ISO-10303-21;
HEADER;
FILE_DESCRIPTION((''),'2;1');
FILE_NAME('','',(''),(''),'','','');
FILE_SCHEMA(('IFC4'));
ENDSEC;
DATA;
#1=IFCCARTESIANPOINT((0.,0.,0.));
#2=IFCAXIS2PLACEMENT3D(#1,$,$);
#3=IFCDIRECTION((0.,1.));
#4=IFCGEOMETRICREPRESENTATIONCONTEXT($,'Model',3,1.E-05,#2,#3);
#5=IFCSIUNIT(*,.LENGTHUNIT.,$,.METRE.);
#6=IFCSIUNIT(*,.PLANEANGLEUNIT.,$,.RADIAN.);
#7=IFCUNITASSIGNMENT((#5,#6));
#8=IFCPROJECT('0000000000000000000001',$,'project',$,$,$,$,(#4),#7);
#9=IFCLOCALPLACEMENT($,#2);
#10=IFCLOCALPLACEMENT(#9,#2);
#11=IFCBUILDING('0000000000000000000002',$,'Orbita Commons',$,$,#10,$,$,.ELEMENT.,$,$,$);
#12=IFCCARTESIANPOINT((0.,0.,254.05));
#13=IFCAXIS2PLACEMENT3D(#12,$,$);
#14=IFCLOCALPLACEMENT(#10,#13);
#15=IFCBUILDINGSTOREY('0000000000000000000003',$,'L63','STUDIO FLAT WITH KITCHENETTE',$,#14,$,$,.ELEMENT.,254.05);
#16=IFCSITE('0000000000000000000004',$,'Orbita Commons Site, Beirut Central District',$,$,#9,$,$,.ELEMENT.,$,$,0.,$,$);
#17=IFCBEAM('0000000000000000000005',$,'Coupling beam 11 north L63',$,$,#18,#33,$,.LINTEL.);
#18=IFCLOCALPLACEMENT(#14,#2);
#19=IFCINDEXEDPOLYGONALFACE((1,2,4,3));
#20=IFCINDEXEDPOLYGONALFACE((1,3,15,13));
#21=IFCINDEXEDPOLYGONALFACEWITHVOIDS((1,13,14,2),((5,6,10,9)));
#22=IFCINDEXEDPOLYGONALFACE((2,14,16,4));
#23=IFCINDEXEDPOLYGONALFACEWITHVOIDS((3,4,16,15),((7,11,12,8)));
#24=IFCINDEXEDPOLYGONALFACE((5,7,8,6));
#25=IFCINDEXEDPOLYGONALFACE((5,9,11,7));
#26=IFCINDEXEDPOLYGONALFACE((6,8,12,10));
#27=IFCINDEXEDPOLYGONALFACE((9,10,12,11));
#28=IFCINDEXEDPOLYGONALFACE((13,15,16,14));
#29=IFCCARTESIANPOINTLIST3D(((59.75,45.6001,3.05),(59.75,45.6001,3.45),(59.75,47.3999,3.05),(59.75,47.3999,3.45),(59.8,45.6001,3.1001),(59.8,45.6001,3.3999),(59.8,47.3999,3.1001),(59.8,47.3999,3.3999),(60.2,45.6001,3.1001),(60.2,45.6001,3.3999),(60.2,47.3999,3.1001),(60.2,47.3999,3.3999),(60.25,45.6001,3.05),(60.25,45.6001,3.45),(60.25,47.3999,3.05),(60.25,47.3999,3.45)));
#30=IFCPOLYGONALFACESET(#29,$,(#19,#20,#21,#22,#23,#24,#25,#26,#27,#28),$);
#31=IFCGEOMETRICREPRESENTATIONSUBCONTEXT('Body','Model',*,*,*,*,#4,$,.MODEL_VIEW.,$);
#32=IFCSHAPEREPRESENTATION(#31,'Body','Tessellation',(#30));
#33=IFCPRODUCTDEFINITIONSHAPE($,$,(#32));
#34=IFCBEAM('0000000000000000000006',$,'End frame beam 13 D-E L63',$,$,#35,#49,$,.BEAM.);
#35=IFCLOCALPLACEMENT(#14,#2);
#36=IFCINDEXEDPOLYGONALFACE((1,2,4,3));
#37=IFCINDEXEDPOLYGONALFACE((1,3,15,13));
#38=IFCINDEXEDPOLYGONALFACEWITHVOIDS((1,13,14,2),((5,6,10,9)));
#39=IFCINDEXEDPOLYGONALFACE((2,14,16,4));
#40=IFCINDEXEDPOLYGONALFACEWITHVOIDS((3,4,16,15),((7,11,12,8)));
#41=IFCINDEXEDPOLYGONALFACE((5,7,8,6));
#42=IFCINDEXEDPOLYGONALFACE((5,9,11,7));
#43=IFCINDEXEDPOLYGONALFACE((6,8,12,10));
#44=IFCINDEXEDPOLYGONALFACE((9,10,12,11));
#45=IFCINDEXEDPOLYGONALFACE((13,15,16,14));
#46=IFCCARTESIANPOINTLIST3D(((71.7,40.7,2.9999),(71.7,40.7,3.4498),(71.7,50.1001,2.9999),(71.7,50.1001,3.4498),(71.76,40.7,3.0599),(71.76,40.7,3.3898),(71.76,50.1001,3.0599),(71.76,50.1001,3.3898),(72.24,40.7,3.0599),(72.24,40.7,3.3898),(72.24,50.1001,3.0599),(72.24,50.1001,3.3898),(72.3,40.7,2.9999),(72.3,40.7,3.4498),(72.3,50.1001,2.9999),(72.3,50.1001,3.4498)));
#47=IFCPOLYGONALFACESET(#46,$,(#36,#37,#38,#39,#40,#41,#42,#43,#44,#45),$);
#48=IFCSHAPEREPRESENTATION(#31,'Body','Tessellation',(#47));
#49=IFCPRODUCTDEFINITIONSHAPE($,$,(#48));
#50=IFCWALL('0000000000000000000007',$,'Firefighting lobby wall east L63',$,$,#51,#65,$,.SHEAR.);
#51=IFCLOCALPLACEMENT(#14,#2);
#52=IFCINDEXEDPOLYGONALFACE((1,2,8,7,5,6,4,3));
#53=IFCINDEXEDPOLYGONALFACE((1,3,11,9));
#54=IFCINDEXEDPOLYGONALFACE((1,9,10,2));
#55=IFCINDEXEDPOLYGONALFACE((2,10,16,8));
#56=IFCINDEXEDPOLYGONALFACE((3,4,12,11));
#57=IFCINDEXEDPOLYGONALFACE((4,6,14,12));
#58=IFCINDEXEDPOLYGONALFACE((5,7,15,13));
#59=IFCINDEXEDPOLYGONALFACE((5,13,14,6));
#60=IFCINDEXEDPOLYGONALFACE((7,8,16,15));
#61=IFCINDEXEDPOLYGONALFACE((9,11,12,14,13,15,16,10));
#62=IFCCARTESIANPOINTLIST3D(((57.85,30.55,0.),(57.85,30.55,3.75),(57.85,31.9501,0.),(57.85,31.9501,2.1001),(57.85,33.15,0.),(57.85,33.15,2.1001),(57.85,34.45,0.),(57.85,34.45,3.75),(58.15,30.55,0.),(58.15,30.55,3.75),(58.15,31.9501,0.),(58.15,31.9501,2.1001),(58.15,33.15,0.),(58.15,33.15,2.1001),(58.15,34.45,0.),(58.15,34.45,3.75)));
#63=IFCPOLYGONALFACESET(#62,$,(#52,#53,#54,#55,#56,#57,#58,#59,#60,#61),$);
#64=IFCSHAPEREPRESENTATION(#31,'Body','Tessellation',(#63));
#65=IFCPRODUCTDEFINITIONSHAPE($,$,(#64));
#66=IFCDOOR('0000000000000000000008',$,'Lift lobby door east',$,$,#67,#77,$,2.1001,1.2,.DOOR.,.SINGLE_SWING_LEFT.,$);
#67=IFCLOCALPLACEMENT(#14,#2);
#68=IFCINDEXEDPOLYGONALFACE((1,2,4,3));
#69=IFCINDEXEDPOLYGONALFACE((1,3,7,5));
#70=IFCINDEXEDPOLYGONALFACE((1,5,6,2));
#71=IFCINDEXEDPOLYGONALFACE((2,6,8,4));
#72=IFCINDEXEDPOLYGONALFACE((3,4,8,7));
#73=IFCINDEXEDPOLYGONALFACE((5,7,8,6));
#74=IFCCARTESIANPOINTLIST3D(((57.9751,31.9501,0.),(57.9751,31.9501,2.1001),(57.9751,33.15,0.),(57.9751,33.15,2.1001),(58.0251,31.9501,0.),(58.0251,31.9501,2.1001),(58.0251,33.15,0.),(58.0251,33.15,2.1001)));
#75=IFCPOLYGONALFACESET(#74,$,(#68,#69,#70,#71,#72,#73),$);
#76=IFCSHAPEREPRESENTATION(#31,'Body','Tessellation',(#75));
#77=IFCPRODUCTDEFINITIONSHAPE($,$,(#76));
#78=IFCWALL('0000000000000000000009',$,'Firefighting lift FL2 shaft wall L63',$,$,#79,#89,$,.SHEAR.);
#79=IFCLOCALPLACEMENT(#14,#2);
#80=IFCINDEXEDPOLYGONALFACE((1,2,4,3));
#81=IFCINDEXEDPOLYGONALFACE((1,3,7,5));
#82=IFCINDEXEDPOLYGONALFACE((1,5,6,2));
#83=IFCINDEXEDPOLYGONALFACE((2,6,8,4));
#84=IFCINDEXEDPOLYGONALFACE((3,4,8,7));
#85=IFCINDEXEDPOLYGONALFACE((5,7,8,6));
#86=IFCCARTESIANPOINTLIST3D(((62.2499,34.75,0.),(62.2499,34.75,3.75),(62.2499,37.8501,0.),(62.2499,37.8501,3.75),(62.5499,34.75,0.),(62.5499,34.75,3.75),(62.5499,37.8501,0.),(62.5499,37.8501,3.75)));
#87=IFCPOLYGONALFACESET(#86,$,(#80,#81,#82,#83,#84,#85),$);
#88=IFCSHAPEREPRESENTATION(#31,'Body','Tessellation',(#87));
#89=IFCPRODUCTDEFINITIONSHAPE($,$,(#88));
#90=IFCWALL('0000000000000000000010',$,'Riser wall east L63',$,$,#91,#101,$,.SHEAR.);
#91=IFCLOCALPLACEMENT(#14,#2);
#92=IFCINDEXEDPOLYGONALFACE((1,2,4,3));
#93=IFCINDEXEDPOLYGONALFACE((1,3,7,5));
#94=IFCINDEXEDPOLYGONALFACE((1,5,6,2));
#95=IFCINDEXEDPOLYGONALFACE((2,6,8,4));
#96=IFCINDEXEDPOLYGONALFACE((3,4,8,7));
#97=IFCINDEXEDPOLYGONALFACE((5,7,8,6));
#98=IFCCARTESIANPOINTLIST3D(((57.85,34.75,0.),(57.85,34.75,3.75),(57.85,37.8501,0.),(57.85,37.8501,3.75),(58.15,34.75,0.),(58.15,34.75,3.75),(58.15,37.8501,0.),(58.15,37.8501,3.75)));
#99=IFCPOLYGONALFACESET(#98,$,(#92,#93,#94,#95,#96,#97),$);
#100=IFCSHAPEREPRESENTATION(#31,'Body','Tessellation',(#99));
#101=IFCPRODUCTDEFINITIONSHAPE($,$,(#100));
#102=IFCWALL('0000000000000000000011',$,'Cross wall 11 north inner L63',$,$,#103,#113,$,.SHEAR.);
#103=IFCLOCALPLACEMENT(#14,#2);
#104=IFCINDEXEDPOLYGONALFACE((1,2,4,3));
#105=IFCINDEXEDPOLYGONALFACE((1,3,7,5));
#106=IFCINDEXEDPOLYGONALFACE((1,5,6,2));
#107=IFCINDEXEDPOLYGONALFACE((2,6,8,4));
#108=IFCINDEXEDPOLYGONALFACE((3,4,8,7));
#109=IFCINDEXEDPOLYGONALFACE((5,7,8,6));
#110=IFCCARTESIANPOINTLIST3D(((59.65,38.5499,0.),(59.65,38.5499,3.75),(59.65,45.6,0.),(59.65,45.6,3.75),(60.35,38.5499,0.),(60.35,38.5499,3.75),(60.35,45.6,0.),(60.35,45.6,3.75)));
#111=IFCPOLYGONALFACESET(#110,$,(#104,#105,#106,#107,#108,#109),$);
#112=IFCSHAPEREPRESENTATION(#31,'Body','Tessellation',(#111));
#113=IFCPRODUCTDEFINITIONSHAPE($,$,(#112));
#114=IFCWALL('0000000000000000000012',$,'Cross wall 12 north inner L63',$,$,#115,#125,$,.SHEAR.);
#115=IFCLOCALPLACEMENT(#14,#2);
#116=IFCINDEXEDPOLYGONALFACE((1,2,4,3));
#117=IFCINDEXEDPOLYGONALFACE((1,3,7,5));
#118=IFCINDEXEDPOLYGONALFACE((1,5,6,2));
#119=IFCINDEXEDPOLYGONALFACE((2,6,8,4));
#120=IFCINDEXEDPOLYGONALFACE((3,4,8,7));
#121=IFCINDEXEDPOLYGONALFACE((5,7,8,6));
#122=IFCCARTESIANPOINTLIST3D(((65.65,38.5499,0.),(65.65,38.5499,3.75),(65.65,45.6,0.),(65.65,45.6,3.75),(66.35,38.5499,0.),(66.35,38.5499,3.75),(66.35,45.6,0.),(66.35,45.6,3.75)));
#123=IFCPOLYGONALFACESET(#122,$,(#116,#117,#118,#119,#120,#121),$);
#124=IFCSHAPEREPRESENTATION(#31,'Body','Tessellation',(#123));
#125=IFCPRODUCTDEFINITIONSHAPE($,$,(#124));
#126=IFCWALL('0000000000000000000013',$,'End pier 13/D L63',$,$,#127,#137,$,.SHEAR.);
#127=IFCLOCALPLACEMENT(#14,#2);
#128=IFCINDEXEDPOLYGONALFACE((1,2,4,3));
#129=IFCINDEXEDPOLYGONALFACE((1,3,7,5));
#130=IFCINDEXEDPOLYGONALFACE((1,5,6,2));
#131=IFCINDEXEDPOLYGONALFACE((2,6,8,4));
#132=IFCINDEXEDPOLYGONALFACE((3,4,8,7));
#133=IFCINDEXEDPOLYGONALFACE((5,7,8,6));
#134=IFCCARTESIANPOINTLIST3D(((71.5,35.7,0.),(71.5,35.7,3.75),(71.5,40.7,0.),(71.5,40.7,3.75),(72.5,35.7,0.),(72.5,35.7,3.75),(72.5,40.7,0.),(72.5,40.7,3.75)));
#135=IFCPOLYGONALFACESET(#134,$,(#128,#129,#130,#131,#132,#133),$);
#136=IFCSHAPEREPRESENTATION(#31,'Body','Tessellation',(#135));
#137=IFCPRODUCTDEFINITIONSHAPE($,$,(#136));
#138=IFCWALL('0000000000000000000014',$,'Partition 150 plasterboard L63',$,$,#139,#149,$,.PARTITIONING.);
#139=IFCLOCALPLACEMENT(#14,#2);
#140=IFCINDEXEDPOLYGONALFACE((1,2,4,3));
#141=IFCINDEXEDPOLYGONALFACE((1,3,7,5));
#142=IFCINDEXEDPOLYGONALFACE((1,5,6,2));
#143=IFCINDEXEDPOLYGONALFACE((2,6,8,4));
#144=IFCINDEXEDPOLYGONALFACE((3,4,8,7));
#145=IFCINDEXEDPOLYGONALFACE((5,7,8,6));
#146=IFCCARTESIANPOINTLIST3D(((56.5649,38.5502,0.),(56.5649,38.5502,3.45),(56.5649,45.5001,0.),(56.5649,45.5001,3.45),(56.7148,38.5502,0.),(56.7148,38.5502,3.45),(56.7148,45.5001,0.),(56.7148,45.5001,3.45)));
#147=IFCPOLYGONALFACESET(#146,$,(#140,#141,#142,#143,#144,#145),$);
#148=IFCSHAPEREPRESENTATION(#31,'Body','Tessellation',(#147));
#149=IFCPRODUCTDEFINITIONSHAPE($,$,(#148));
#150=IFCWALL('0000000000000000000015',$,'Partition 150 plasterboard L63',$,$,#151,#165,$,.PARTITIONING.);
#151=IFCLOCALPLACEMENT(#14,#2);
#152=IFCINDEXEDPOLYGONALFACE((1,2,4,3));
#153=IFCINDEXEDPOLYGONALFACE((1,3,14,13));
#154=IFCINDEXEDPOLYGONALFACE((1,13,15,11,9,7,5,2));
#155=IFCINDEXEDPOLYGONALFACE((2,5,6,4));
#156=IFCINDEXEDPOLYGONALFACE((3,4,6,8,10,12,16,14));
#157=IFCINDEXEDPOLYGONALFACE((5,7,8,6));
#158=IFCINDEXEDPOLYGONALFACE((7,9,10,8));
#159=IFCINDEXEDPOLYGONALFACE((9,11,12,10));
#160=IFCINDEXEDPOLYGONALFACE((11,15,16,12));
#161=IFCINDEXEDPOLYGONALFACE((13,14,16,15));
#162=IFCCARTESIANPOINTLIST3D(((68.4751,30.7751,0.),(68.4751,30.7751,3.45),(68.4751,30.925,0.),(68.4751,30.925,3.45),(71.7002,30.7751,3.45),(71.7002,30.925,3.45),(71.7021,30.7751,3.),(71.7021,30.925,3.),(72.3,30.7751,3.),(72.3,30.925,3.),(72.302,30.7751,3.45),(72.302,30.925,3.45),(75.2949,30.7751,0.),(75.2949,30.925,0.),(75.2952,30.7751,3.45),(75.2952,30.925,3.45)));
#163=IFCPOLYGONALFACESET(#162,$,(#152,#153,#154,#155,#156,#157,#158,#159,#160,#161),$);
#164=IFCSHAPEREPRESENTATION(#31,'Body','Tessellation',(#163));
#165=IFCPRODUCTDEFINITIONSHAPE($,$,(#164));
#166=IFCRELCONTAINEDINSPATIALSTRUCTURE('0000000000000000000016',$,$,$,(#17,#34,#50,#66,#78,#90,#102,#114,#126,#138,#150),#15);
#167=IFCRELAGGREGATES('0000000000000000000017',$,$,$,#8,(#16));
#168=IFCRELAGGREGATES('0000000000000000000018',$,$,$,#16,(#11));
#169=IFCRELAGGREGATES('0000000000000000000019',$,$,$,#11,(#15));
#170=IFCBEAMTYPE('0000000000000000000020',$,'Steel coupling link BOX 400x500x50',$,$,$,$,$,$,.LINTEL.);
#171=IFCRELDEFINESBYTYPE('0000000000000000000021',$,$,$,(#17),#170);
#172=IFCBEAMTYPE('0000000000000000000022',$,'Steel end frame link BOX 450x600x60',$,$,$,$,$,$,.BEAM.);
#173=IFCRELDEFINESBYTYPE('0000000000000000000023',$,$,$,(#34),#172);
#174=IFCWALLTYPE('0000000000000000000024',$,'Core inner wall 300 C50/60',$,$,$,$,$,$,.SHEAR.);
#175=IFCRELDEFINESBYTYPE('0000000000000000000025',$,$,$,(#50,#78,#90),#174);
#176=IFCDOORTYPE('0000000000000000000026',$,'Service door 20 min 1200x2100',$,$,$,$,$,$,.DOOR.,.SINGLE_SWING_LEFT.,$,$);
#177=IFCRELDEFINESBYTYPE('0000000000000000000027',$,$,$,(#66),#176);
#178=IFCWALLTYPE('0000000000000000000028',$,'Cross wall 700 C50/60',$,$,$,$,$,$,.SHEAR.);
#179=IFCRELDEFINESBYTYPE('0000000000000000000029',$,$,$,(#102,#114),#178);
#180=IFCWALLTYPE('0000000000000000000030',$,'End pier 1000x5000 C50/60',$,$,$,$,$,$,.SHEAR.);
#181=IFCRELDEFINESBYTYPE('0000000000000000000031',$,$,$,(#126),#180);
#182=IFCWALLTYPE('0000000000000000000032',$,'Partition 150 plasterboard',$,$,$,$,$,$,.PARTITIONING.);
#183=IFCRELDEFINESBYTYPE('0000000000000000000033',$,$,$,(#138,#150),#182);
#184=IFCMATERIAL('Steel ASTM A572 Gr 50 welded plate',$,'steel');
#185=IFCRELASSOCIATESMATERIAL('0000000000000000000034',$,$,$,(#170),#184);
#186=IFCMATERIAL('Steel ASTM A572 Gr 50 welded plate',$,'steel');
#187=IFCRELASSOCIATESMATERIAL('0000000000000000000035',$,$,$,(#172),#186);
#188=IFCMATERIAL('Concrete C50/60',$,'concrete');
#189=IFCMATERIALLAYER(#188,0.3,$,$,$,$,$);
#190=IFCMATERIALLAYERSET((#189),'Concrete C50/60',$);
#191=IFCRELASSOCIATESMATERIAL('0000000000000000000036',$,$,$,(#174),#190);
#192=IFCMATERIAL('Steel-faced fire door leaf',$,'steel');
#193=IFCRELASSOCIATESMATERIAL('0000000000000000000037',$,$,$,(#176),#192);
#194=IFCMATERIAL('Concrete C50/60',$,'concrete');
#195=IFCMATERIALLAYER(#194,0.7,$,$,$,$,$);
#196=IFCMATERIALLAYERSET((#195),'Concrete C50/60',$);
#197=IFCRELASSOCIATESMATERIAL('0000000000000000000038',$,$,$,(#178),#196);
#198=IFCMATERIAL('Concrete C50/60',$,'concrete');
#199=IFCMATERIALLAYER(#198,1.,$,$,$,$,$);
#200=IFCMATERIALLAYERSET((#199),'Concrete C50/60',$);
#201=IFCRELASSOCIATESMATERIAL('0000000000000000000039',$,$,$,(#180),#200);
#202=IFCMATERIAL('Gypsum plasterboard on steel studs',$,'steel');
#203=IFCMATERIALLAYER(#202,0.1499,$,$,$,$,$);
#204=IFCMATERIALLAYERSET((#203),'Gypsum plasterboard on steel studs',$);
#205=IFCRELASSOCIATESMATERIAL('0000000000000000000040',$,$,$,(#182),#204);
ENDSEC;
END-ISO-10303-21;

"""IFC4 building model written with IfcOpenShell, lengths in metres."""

from ifc_helpers import new_model, si_unit, direction, frame, frame_2d, origin, origin_2d, place, context, subcontext, project, spatial, polyline, rectangle, hollow_rectangle, outline, extrude, material, layer, layer_set, material_profile, profile_set, type_object, element, fill, save


model = new_model("IFC4")

# Units and contexts
model_context = context("Model", 3, precision=1e-05, world=origin(), true_north=direction((0.0, 1.0)))
body_context = subcontext(model_context, "Body", "Model", "MODEL_VIEW")
ifc_project = project(units=[si_unit("LENGTHUNIT", "METRE"), si_unit("PLANEANGLEUNIT", "RADIAN")], contexts=[model_context])

# Site, building, storey
site_placement = place(None, origin())
site = spatial("IfcSite", under=ifc_project, at=site_placement, Name="Orbita Commons Site, Beirut Central District", CompositionType="ELEMENT", RefElevation=0.0)
building_placement = place(site_placement, origin())
building = spatial("IfcBuilding", under=site, at=building_placement, Name="Orbita Commons", CompositionType="ELEMENT")
storey_placement = place(building_placement, frame((0.0, 0.0, 254.05)))
storey = spatial("IfcBuildingStorey", under=building, at=storey_placement, Name="L63", Description="STUDIO FLAT WITH KITCHENETTE", CompositionType="ELEMENT", Elevation=254.05)

# Beams
ifc_material_1 = material(Name="Steel ASTM A572 Gr 50 welded plate", Category="steel")
ifc_material_profile_1 = material_profile(ifc_material_1, hollow_rectangle(XDim=0.5, YDim=0.3999, WallThickness=0.05, at=origin_2d()), Name="BOX 400x500x50")
ifc_profile_set_1 = profile_set([ifc_material_profile_1], Name="Steel ASTM A572 Gr 50 welded plate")
beam_type_1 = type_object("IfcBeamType", Name="Steel coupling link BOX 400x500x50", PredefinedType="LINTEL", material=ifc_profile_set_1)
beam_1_placement = place(storey_placement, frame((60.0, 45.6001, 3.25), z_axis=(0.0, 1.0, 0.0), x_axis=(-1.0, 0.0, 0.0)))
element("IfcBeam", 1, at=beam_1_placement, inside=storey, type_object=beam_type_1, Name="Coupling beam 11 north L63", PredefinedType="LINTEL", context=body_context, shape_type="SweptSolid", body=[
    extrude(hollow_rectangle(XDim=0.5, YDim=0.3999, WallThickness=0.05, at=origin_2d()), origin(), (0.0, 0.0, 1.0), 1.7998),
])
ifc_material_2 = material(Name="Steel ASTM A572 Gr 50 welded plate", Category="steel")
ifc_material_profile_2 = material_profile(ifc_material_2, hollow_rectangle(XDim=0.6001, YDim=0.45, WallThickness=0.0601, at=origin_2d()), Name="BOX 450x600x60")
ifc_profile_set_2 = profile_set([ifc_material_profile_2], Name="Steel ASTM A572 Gr 50 welded plate")
beam_type_2 = type_object("IfcBeamType", Name="Steel end frame link BOX 450x600x60", PredefinedType="BEAM", material=ifc_profile_set_2)
beam_2_placement = place(storey_placement, frame((72.0, 40.7, 3.2249), z_axis=(0.0, 1.0, 0.0), x_axis=(-1.0, 0.0, 0.0)))
element("IfcBeam", 2, at=beam_2_placement, inside=storey, type_object=beam_type_2, Name="End frame beam 13 D-E L63", PredefinedType="BEAM", context=body_context, shape_type="SweptSolid", body=[
    extrude(hollow_rectangle(XDim=0.6001, YDim=0.45, WallThickness=0.0601, at=origin_2d()), origin(), (0.0, 0.0, 1.0), 9.4001),
])

# Wall, opening, door
ifc_material_3 = material(Name="Concrete C50/60", Category="concrete")
ifc_layer_1 = layer(ifc_material_3, 0.3)
ifc_layer_set_1 = layer_set([ifc_layer_1], Name="Concrete C50/60")
wall_type_1 = type_object("IfcWallType", Name="Core inner wall 300 C50/60", PredefinedType="SHEAR", material=ifc_layer_set_1)
wall_1_placement = place(storey_placement, frame((58.0, 30.55, 0.0), z_axis=(0.0, 0.0, 1.0), x_axis=(0.0, 1.0, 0.0)))
wall_1 = element("IfcWall", 3, at=wall_1_placement, inside=storey, type_object=wall_type_1, Name="Firefighting lobby wall east L63", PredefinedType="SHEAR", context=body_context, shape_type="SweptSolid", body=[
    extrude(rectangle(XDim=3.8999, YDim=0.3, at=frame_2d((1.95, 0.0))), origin(), (0.0, 0.0, 1.0), 3.75),
])
opening_1_placement = place(wall_1_placement, frame((1.3999, 0.0, 0.0)))
opening_1 = element("IfcOpeningElement", 4, at=opening_1_placement, cuts=wall_1, PredefinedType="OPENING", context=body_context, shape_type="SweptSolid", body=[
    extrude(rectangle(XDim=1.2, YDim=2.1001, at=frame_2d((0.6001, 1.05))), frame((0.0, 0.1599, 0.0), z_axis=(0.0, -1.0, 0.0), x_axis=(1.0, 0.0, 0.0)), (0.0, 0.0, 1.0), 0.3201),
])
ifc_material_4 = material(Name="Steel-faced fire door leaf", Category="steel")
door_type = type_object("IfcDoorType", Name="Service door 20 min 1200x2100", OperationType="SINGLE_SWING_LEFT", PredefinedType="DOOR", material=ifc_material_4)
door_placement = place(opening_1_placement, origin())
door = element("IfcDoor", 5, at=door_placement, inside=storey, type_object=door_type, Name="Lift lobby door east", OperationType="SINGLE_SWING_LEFT", OverallHeight=2.1001, OverallWidth=1.2, PredefinedType="DOOR", context=body_context, shape_type="SweptSolid", body=[
    extrude(rectangle(XDim=1.2, YDim=2.1001, at=frame_2d((0.6001, 1.05))), frame((0.0, 0.0249, 0.0), z_axis=(0.0, -1.0, 0.0), x_axis=(1.0, 0.0, 0.0)), (0.0, 0.0, 1.0), 0.05),
])
fill(opening_1, door)

# Walls
for number, where, z_axis, x_axis, name in (
    (6, (62.3999, 34.75, 0.0), (0.0, 0.0, 1.0), (0.0, 1.0, 0.0), "Firefighting lift FL2 shaft wall L63"),
    (7, (58.0, 34.75, 0.0), (0.0, 0.0, 1.0), (0.0, 1.0, 0.0), "Riser wall east L63"),
):
    element("IfcWall", number, at=place(storey_placement, frame(where, z_axis=z_axis, x_axis=x_axis)), inside=storey, type_object=wall_type_1, Name=name, PredefinedType="SHEAR", context=body_context, shape_type="SweptSolid", body=[
        extrude(rectangle(XDim=3.1001, YDim=0.3, at=frame_2d((1.55, 0.0))), origin(), (0.0, 0.0, 1.0), 3.75),
    ])
ifc_material_5 = material(Name="Concrete C50/60", Category="concrete")
ifc_layer_2 = layer(ifc_material_5, 0.7)
ifc_layer_set_2 = layer_set([ifc_layer_2], Name="Concrete C50/60")
wall_type_2 = type_object("IfcWallType", Name="Cross wall 700 C50/60", PredefinedType="SHEAR", material=ifc_layer_set_2)
for number, where, z_axis, x_axis, name in (
    (8, (60.0, 38.55, 0.0), (0.0, 0.0, 1.0), (0.0, 1.0, 0.0), "Cross wall 11 north inner L63"),
    (9, (66.0, 38.55, 0.0), (0.0, 0.0, 1.0), (0.0, 1.0, 0.0), "Cross wall 12 north inner L63"),
):
    element("IfcWall", number, at=place(storey_placement, frame(where, z_axis=z_axis, x_axis=x_axis)), inside=storey, type_object=wall_type_2, Name=name, PredefinedType="SHEAR", context=body_context, shape_type="SweptSolid", body=[
        extrude(rectangle(XDim=7.05, YDim=0.7, at=frame_2d((3.5249, 0.0))), origin(), (0.0, 0.0, 1.0), 3.75),
    ])
ifc_material_6 = material(Name="Concrete C50/60", Category="concrete")
ifc_layer_3 = layer(ifc_material_6, 1.0)
ifc_layer_set_3 = layer_set([ifc_layer_3], Name="Concrete C50/60")
wall_type_3 = type_object("IfcWallType", Name="End pier 1000x5000 C50/60", PredefinedType="SHEAR", material=ifc_layer_set_3)
wall_2_placement = place(storey_placement, frame((72.0, 35.7, 0.0), z_axis=(0.0, 0.0, 1.0), x_axis=(0.0, 1.0, 0.0)))
element("IfcWall", 10, at=wall_2_placement, inside=storey, type_object=wall_type_3, Name="End pier 13/D L63", PredefinedType="SHEAR", context=body_context, shape_type="SweptSolid", body=[
    extrude(rectangle(XDim=5.0, YDim=1.0, at=frame_2d((2.5, 0.0))), origin(), (0.0, 0.0, 1.0), 3.75),
])
ifc_material_7 = material(Name="Gypsum plasterboard on steel studs", Category="steel")
ifc_layer_4 = layer(ifc_material_7, 0.1499)
ifc_layer_set_4 = layer_set([ifc_layer_4], Name="Gypsum plasterboard on steel studs")
wall_type_4 = type_object("IfcWallType", Name="Partition 150 plasterboard", PredefinedType="PARTITIONING", material=ifc_layer_set_4)
wall_3_placement = place(storey_placement, frame((56.6399, 38.55, 0.0), z_axis=(0.0, 0.0, 1.0), x_axis=(0.0, 1.0, 0.0)))
element("IfcWall", 11, at=wall_3_placement, inside=storey, type_object=wall_type_4, Name="Partition 150 plasterboard L63", PredefinedType="PARTITIONING", context=body_context, shape_type="SweptSolid", body=[
    extrude(rectangle(XDim=6.95, YDim=0.1499, at=frame_2d((3.4751, 0.0))), origin(), (0.0, 0.0, 1.0), 3.45),
])
wall_4_placement = place(storey_placement, frame((68.4751, 30.8501, 0.0), z_axis=(0.0, 0.0, 1.0), x_axis=(1.0, 0.0, 0.0)))
element("IfcWall", 12, at=wall_4_placement, inside=storey, type_object=wall_type_4, Name="Partition 150 plasterboard L63", PredefinedType="PARTITIONING", context=body_context, shape_type="SweptSolid", body=[
    extrude(outline(polyline([(0.0, 0.0), (6.8198, 0.0), (6.8201, 3.45), (3.8269, 3.45), (3.825, 3.0), (3.2271, 3.0), (3.2251, 3.45), (0.0, 3.45), (0.0, 0.0)])), frame((0.0, 0.075, 0.0), z_axis=(0.0, -1.0, 0.0), x_axis=(1.0, 0.0, 0.0)), (0.0, 0.0, 1.0), 0.1499),
])

save(model, "model.ifc")
